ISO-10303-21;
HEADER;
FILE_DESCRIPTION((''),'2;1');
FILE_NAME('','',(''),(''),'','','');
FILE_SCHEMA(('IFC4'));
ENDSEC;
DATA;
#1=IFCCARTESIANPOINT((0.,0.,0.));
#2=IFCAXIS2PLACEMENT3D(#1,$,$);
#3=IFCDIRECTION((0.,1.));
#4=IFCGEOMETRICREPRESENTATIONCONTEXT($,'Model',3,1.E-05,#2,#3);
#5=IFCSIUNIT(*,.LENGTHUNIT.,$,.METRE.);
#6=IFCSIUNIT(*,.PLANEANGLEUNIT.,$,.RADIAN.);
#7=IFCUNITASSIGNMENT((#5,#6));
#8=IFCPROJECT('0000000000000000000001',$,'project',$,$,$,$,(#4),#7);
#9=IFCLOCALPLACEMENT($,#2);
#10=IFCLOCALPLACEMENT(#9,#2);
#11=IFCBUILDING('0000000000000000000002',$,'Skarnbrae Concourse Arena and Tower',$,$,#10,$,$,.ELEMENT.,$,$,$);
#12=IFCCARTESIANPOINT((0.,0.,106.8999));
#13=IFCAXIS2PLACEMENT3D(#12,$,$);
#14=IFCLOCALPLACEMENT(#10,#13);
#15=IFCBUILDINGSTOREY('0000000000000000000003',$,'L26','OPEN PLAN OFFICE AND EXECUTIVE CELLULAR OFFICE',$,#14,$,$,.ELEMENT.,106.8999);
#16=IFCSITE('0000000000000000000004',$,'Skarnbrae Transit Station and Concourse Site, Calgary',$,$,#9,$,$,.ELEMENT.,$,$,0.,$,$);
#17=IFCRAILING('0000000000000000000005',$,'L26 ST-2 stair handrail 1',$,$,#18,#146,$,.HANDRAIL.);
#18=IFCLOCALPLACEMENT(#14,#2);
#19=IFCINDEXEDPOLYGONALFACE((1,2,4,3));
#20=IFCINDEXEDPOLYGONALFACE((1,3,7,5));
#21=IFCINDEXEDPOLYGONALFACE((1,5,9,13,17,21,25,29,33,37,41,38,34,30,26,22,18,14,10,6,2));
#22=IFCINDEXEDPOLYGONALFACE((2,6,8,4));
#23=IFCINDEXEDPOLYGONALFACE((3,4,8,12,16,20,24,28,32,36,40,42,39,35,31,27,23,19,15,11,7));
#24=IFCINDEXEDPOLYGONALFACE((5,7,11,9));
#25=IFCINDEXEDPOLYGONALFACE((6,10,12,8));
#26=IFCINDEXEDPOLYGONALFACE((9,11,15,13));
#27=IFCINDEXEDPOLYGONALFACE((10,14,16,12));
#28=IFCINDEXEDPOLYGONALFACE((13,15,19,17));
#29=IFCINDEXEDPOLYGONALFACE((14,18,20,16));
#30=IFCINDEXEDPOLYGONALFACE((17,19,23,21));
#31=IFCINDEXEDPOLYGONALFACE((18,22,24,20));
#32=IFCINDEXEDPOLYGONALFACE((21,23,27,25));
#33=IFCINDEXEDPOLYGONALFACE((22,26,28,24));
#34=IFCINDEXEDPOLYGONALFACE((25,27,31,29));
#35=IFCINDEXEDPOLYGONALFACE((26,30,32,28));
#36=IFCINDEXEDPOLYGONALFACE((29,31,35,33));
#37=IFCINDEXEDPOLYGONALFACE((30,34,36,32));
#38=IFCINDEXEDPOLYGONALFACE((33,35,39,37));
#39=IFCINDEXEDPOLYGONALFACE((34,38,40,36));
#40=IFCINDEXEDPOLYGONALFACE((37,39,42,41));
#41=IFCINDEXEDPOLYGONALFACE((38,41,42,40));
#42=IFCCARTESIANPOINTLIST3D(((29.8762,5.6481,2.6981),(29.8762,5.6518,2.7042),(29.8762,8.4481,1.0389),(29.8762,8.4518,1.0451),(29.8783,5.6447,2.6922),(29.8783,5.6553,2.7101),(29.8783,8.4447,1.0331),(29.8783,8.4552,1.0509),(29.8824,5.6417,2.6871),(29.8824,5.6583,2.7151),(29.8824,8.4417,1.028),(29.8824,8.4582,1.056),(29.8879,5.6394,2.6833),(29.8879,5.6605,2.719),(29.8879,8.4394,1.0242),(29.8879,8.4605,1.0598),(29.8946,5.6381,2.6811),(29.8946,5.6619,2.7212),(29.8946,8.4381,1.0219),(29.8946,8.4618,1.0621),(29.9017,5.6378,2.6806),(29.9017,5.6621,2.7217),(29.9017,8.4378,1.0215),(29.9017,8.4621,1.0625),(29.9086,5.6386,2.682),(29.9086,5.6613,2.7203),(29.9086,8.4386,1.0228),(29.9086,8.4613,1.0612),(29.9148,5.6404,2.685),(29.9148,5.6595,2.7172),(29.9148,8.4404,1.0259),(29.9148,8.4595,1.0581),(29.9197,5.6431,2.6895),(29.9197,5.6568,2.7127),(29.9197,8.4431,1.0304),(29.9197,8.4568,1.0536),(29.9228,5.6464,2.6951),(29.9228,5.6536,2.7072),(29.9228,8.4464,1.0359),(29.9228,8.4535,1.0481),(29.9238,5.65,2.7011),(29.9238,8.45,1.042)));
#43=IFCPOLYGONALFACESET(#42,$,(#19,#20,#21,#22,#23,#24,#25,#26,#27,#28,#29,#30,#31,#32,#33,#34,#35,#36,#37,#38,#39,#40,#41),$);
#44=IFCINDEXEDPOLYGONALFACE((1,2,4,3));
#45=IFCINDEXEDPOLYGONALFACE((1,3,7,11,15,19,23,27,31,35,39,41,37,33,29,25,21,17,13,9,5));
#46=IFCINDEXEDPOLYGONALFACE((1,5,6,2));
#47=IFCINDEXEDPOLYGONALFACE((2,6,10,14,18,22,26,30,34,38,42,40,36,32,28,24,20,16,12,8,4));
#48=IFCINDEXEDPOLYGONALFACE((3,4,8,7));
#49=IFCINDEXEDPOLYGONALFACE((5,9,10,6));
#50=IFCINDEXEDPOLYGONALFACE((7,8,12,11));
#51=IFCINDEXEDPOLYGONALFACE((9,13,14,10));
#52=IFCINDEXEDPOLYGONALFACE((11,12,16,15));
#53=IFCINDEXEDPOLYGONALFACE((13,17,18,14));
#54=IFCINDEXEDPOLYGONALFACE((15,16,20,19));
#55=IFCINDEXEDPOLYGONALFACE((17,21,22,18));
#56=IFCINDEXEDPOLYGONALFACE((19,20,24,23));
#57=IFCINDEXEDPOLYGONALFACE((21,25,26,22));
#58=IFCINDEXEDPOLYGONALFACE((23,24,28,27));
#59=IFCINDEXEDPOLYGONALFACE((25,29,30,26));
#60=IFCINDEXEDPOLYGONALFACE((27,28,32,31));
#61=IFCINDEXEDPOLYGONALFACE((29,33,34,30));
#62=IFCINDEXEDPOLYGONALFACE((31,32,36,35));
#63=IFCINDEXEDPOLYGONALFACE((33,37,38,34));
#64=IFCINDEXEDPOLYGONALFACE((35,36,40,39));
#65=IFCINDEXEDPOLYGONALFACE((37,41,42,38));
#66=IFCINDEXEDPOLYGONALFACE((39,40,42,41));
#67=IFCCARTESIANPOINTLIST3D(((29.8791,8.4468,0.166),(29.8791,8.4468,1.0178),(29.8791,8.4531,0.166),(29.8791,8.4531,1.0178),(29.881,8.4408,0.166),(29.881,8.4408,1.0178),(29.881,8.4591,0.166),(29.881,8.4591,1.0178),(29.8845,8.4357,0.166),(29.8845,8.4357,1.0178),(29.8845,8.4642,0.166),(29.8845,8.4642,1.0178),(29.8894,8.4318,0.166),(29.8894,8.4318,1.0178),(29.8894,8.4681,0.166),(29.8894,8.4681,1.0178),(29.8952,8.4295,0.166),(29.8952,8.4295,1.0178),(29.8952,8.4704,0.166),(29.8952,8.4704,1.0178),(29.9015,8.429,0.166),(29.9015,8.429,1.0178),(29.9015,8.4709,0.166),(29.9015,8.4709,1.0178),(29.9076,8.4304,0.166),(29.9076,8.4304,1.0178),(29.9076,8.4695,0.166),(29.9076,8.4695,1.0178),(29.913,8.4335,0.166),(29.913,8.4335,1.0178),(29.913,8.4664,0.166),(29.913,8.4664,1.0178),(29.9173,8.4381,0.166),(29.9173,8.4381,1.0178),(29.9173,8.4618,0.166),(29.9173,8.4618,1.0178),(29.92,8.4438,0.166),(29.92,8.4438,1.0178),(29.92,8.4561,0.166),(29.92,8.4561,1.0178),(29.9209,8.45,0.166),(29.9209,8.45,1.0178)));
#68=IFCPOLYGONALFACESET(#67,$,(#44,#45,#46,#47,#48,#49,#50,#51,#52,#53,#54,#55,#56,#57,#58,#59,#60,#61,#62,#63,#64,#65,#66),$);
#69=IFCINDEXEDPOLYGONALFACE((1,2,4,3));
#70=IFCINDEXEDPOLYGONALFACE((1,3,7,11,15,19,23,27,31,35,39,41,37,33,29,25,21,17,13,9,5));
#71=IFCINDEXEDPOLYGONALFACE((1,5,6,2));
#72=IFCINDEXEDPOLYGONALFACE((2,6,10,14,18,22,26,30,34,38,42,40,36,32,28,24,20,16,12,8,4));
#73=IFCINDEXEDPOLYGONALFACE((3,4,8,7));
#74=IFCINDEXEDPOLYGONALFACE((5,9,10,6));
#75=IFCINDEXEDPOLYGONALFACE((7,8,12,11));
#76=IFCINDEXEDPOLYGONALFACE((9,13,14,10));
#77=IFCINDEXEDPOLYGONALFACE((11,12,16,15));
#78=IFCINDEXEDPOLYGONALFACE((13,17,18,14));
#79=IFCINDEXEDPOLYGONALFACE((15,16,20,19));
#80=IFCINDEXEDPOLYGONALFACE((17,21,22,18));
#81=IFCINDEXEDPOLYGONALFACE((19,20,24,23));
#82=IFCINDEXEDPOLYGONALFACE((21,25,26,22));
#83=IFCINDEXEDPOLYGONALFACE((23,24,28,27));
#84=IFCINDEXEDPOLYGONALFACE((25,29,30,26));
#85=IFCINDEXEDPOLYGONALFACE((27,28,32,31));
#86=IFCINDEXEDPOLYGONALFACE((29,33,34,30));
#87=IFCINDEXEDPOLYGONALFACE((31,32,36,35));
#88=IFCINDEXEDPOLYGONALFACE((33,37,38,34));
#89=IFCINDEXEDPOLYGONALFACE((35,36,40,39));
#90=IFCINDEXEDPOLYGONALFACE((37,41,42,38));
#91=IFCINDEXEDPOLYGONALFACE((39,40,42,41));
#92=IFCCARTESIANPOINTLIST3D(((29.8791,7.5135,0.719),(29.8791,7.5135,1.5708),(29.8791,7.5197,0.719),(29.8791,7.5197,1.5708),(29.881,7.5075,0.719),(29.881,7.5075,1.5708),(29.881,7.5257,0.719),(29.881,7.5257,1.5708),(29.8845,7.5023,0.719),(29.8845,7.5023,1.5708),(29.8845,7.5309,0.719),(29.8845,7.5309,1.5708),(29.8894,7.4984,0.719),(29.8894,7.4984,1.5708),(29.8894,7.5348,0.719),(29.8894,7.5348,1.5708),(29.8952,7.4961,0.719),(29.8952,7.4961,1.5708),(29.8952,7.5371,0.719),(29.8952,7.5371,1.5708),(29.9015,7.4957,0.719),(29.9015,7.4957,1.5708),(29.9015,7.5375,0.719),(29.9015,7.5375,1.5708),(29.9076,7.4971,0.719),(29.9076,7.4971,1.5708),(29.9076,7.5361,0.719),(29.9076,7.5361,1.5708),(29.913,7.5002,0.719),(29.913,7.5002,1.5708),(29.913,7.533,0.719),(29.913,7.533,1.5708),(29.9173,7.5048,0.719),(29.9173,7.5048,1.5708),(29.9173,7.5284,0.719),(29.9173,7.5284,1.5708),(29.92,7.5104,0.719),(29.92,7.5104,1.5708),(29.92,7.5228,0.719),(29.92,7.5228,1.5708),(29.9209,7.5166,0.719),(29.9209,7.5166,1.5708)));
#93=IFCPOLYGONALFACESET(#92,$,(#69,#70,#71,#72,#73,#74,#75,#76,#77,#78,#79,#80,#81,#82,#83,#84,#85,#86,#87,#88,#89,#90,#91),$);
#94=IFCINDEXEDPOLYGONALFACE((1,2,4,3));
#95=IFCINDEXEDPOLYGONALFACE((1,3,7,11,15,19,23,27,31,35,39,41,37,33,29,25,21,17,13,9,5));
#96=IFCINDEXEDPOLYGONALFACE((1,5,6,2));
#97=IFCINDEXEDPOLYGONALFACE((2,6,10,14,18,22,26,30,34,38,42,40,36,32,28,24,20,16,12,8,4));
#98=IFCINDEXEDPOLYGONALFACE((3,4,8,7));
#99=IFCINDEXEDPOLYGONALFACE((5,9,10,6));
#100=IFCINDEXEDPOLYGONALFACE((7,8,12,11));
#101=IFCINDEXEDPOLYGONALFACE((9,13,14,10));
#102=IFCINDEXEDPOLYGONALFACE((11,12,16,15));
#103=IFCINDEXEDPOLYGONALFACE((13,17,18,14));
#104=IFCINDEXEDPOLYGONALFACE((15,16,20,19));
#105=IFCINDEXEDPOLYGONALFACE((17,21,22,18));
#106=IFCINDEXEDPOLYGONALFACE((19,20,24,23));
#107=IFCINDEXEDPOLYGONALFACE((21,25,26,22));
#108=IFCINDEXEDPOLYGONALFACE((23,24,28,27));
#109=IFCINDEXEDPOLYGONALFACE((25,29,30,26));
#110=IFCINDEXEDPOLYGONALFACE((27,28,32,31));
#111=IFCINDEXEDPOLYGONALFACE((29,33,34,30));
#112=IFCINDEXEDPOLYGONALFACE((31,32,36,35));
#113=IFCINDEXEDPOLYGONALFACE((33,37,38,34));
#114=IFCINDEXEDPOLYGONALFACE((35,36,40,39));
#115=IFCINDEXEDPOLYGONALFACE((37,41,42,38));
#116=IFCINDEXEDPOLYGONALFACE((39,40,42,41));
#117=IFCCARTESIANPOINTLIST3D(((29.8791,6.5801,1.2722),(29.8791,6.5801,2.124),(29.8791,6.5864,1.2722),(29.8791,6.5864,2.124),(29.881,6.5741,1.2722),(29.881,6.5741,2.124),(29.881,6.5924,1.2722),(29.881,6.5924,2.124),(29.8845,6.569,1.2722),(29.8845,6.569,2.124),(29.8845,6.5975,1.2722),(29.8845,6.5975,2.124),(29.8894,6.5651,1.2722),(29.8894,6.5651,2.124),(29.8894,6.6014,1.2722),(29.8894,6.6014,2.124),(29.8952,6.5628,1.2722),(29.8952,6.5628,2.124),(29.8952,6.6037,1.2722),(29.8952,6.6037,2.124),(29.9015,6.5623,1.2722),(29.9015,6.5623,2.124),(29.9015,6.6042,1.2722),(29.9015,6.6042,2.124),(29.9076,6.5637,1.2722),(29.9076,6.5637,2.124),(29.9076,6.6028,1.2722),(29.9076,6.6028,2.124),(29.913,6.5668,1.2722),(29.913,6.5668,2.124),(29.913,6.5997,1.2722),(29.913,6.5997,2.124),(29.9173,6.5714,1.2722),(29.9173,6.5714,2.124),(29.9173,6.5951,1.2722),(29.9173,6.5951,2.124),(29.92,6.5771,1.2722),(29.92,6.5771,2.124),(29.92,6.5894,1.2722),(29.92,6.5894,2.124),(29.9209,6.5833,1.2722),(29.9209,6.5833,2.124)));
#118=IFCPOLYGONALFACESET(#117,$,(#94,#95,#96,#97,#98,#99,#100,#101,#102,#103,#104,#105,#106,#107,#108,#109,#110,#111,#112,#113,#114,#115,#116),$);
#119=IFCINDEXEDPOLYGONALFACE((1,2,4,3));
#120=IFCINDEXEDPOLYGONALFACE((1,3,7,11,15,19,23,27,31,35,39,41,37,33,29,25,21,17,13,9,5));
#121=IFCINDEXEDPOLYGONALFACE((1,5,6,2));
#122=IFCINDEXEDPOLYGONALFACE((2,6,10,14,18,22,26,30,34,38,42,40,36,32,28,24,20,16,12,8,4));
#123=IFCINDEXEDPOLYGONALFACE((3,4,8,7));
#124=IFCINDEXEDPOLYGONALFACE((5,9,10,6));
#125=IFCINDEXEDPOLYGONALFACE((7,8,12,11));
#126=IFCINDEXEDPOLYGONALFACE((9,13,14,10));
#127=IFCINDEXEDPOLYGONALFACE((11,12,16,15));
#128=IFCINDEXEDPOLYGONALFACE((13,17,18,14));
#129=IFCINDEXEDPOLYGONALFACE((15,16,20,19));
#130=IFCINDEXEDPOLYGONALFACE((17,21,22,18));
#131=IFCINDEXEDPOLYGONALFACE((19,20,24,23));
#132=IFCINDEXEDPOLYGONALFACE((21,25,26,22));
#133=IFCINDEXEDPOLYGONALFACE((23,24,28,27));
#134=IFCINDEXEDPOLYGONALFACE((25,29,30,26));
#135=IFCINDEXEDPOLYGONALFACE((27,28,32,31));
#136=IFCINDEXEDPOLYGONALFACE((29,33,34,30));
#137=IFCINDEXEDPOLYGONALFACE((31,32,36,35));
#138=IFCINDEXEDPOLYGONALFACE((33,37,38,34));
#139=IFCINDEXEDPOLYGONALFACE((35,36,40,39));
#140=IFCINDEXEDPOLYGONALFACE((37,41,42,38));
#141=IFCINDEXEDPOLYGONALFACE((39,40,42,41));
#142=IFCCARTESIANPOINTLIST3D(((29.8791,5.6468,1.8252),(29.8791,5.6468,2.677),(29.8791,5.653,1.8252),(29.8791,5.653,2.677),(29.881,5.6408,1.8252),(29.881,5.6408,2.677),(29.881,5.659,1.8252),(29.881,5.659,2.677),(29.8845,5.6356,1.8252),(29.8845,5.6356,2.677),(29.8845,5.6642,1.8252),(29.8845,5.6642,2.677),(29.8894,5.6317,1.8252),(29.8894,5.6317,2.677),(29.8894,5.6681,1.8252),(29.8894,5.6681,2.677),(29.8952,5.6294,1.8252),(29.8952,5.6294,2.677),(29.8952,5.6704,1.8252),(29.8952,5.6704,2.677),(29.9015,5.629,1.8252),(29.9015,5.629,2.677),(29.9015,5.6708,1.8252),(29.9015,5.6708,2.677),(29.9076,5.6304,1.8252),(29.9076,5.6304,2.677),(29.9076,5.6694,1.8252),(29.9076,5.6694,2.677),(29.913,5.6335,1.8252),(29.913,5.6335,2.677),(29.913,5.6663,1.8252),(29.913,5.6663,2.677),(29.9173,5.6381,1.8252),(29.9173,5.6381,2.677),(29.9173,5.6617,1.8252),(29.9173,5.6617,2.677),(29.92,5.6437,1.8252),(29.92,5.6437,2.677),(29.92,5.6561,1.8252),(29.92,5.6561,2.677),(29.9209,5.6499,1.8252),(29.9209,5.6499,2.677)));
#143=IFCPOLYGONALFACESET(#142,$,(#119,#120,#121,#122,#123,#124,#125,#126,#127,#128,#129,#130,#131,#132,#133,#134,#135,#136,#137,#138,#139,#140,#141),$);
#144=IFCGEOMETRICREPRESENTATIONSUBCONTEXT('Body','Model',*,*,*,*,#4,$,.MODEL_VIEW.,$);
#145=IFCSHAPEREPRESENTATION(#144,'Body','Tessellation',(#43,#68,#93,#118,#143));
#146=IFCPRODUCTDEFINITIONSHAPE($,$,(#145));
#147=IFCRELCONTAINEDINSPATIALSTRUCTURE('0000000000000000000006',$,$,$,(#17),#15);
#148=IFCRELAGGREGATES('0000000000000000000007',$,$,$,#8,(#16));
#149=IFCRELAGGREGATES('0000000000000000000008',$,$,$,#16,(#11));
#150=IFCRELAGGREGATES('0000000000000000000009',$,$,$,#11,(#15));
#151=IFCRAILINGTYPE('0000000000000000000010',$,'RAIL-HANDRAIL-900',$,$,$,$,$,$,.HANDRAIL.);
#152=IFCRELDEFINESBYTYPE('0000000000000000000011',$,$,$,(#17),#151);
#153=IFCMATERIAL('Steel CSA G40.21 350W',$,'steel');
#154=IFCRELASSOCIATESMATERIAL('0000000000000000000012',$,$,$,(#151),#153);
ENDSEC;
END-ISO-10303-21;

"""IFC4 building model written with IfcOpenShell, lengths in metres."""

from ifc_helpers import new_model, si_unit, direction, frame, origin, origin_2d, place, context, subcontext, project, spatial, circle, extrude, material, type_object, element, save


model = new_model("IFC4")

# Units and contexts
model_context = context("Model", 3, precision=1e-05, world=origin(), true_north=direction((0.0, 1.0)))
body_context = subcontext(model_context, "Body", "Model", "MODEL_VIEW")
ifc_project = project(units=[si_unit("LENGTHUNIT", "METRE"), si_unit("PLANEANGLEUNIT", "RADIAN")], contexts=[model_context])

# Site, building, storey
site_placement = place(None, origin())
site = spatial("IfcSite", under=ifc_project, at=site_placement, Name="Skarnbrae Transit Station and Concourse Site, Calgary", CompositionType="ELEMENT", RefElevation=0.0)
building_placement = place(site_placement, origin())
building = spatial("IfcBuilding", under=site, at=building_placement, Name="Skarnbrae Concourse Arena and Tower", CompositionType="ELEMENT")
storey_placement = place(building_placement, frame((0.0, 0.0, 106.8999)))
storey = spatial("IfcBuildingStorey", under=building, at=storey_placement, Name="L26", Description="OPEN PLAN OFFICE AND EXECUTIVE CELLULAR OFFICE", CompositionType="ELEMENT", Elevation=106.8999)

# Railing
ifc_material_1 = material(Name="Steel CSA G40.21 350W", Category="steel")
railing_type_1 = type_object("IfcRailingType", Name="RAIL-HANDRAIL-900", PredefinedType="HANDRAIL", material=ifc_material_1)
railing_1_placement = place(storey_placement, frame((29.8999, 8.45, 0.166)))
element("IfcRailing", 1, at=railing_1_placement, inside=storey, type_object=railing_type_1, Name="L26 ST-2 stair handrail 1", PredefinedType="HANDRAIL", context=body_context, shape_type="SweptSolid", body=[
    extrude(circle(Radius=0.0239, at=origin_2d()), frame((0.0, 0.0, 0.876), z_axis=(0.0, -0.860306, 0.509778), x_axis=(1.0, 0.0, 0.0)), (0.0, 0.0, 1.0), 3.2546),
    extrude(circle(Radius=0.021, at=origin_2d()), origin(), (0.0, 0.0, 1.0), 0.8518),
    extrude(circle(Radius=0.021, at=origin_2d()), frame((0.0, -0.9333, 0.553)), (0.0, 0.0, 1.0), 0.8518),
    extrude(circle(Radius=0.021, at=origin_2d()), frame((0.0, -1.8667, 1.1062)), (0.0, 0.0, 1.0), 0.8518),
    extrude(circle(Radius=0.021, at=origin_2d()), frame((0.0, -2.8, 1.6592)), (0.0, 0.0, 1.0), 0.8518),
])

save(model, "model.ifc")
